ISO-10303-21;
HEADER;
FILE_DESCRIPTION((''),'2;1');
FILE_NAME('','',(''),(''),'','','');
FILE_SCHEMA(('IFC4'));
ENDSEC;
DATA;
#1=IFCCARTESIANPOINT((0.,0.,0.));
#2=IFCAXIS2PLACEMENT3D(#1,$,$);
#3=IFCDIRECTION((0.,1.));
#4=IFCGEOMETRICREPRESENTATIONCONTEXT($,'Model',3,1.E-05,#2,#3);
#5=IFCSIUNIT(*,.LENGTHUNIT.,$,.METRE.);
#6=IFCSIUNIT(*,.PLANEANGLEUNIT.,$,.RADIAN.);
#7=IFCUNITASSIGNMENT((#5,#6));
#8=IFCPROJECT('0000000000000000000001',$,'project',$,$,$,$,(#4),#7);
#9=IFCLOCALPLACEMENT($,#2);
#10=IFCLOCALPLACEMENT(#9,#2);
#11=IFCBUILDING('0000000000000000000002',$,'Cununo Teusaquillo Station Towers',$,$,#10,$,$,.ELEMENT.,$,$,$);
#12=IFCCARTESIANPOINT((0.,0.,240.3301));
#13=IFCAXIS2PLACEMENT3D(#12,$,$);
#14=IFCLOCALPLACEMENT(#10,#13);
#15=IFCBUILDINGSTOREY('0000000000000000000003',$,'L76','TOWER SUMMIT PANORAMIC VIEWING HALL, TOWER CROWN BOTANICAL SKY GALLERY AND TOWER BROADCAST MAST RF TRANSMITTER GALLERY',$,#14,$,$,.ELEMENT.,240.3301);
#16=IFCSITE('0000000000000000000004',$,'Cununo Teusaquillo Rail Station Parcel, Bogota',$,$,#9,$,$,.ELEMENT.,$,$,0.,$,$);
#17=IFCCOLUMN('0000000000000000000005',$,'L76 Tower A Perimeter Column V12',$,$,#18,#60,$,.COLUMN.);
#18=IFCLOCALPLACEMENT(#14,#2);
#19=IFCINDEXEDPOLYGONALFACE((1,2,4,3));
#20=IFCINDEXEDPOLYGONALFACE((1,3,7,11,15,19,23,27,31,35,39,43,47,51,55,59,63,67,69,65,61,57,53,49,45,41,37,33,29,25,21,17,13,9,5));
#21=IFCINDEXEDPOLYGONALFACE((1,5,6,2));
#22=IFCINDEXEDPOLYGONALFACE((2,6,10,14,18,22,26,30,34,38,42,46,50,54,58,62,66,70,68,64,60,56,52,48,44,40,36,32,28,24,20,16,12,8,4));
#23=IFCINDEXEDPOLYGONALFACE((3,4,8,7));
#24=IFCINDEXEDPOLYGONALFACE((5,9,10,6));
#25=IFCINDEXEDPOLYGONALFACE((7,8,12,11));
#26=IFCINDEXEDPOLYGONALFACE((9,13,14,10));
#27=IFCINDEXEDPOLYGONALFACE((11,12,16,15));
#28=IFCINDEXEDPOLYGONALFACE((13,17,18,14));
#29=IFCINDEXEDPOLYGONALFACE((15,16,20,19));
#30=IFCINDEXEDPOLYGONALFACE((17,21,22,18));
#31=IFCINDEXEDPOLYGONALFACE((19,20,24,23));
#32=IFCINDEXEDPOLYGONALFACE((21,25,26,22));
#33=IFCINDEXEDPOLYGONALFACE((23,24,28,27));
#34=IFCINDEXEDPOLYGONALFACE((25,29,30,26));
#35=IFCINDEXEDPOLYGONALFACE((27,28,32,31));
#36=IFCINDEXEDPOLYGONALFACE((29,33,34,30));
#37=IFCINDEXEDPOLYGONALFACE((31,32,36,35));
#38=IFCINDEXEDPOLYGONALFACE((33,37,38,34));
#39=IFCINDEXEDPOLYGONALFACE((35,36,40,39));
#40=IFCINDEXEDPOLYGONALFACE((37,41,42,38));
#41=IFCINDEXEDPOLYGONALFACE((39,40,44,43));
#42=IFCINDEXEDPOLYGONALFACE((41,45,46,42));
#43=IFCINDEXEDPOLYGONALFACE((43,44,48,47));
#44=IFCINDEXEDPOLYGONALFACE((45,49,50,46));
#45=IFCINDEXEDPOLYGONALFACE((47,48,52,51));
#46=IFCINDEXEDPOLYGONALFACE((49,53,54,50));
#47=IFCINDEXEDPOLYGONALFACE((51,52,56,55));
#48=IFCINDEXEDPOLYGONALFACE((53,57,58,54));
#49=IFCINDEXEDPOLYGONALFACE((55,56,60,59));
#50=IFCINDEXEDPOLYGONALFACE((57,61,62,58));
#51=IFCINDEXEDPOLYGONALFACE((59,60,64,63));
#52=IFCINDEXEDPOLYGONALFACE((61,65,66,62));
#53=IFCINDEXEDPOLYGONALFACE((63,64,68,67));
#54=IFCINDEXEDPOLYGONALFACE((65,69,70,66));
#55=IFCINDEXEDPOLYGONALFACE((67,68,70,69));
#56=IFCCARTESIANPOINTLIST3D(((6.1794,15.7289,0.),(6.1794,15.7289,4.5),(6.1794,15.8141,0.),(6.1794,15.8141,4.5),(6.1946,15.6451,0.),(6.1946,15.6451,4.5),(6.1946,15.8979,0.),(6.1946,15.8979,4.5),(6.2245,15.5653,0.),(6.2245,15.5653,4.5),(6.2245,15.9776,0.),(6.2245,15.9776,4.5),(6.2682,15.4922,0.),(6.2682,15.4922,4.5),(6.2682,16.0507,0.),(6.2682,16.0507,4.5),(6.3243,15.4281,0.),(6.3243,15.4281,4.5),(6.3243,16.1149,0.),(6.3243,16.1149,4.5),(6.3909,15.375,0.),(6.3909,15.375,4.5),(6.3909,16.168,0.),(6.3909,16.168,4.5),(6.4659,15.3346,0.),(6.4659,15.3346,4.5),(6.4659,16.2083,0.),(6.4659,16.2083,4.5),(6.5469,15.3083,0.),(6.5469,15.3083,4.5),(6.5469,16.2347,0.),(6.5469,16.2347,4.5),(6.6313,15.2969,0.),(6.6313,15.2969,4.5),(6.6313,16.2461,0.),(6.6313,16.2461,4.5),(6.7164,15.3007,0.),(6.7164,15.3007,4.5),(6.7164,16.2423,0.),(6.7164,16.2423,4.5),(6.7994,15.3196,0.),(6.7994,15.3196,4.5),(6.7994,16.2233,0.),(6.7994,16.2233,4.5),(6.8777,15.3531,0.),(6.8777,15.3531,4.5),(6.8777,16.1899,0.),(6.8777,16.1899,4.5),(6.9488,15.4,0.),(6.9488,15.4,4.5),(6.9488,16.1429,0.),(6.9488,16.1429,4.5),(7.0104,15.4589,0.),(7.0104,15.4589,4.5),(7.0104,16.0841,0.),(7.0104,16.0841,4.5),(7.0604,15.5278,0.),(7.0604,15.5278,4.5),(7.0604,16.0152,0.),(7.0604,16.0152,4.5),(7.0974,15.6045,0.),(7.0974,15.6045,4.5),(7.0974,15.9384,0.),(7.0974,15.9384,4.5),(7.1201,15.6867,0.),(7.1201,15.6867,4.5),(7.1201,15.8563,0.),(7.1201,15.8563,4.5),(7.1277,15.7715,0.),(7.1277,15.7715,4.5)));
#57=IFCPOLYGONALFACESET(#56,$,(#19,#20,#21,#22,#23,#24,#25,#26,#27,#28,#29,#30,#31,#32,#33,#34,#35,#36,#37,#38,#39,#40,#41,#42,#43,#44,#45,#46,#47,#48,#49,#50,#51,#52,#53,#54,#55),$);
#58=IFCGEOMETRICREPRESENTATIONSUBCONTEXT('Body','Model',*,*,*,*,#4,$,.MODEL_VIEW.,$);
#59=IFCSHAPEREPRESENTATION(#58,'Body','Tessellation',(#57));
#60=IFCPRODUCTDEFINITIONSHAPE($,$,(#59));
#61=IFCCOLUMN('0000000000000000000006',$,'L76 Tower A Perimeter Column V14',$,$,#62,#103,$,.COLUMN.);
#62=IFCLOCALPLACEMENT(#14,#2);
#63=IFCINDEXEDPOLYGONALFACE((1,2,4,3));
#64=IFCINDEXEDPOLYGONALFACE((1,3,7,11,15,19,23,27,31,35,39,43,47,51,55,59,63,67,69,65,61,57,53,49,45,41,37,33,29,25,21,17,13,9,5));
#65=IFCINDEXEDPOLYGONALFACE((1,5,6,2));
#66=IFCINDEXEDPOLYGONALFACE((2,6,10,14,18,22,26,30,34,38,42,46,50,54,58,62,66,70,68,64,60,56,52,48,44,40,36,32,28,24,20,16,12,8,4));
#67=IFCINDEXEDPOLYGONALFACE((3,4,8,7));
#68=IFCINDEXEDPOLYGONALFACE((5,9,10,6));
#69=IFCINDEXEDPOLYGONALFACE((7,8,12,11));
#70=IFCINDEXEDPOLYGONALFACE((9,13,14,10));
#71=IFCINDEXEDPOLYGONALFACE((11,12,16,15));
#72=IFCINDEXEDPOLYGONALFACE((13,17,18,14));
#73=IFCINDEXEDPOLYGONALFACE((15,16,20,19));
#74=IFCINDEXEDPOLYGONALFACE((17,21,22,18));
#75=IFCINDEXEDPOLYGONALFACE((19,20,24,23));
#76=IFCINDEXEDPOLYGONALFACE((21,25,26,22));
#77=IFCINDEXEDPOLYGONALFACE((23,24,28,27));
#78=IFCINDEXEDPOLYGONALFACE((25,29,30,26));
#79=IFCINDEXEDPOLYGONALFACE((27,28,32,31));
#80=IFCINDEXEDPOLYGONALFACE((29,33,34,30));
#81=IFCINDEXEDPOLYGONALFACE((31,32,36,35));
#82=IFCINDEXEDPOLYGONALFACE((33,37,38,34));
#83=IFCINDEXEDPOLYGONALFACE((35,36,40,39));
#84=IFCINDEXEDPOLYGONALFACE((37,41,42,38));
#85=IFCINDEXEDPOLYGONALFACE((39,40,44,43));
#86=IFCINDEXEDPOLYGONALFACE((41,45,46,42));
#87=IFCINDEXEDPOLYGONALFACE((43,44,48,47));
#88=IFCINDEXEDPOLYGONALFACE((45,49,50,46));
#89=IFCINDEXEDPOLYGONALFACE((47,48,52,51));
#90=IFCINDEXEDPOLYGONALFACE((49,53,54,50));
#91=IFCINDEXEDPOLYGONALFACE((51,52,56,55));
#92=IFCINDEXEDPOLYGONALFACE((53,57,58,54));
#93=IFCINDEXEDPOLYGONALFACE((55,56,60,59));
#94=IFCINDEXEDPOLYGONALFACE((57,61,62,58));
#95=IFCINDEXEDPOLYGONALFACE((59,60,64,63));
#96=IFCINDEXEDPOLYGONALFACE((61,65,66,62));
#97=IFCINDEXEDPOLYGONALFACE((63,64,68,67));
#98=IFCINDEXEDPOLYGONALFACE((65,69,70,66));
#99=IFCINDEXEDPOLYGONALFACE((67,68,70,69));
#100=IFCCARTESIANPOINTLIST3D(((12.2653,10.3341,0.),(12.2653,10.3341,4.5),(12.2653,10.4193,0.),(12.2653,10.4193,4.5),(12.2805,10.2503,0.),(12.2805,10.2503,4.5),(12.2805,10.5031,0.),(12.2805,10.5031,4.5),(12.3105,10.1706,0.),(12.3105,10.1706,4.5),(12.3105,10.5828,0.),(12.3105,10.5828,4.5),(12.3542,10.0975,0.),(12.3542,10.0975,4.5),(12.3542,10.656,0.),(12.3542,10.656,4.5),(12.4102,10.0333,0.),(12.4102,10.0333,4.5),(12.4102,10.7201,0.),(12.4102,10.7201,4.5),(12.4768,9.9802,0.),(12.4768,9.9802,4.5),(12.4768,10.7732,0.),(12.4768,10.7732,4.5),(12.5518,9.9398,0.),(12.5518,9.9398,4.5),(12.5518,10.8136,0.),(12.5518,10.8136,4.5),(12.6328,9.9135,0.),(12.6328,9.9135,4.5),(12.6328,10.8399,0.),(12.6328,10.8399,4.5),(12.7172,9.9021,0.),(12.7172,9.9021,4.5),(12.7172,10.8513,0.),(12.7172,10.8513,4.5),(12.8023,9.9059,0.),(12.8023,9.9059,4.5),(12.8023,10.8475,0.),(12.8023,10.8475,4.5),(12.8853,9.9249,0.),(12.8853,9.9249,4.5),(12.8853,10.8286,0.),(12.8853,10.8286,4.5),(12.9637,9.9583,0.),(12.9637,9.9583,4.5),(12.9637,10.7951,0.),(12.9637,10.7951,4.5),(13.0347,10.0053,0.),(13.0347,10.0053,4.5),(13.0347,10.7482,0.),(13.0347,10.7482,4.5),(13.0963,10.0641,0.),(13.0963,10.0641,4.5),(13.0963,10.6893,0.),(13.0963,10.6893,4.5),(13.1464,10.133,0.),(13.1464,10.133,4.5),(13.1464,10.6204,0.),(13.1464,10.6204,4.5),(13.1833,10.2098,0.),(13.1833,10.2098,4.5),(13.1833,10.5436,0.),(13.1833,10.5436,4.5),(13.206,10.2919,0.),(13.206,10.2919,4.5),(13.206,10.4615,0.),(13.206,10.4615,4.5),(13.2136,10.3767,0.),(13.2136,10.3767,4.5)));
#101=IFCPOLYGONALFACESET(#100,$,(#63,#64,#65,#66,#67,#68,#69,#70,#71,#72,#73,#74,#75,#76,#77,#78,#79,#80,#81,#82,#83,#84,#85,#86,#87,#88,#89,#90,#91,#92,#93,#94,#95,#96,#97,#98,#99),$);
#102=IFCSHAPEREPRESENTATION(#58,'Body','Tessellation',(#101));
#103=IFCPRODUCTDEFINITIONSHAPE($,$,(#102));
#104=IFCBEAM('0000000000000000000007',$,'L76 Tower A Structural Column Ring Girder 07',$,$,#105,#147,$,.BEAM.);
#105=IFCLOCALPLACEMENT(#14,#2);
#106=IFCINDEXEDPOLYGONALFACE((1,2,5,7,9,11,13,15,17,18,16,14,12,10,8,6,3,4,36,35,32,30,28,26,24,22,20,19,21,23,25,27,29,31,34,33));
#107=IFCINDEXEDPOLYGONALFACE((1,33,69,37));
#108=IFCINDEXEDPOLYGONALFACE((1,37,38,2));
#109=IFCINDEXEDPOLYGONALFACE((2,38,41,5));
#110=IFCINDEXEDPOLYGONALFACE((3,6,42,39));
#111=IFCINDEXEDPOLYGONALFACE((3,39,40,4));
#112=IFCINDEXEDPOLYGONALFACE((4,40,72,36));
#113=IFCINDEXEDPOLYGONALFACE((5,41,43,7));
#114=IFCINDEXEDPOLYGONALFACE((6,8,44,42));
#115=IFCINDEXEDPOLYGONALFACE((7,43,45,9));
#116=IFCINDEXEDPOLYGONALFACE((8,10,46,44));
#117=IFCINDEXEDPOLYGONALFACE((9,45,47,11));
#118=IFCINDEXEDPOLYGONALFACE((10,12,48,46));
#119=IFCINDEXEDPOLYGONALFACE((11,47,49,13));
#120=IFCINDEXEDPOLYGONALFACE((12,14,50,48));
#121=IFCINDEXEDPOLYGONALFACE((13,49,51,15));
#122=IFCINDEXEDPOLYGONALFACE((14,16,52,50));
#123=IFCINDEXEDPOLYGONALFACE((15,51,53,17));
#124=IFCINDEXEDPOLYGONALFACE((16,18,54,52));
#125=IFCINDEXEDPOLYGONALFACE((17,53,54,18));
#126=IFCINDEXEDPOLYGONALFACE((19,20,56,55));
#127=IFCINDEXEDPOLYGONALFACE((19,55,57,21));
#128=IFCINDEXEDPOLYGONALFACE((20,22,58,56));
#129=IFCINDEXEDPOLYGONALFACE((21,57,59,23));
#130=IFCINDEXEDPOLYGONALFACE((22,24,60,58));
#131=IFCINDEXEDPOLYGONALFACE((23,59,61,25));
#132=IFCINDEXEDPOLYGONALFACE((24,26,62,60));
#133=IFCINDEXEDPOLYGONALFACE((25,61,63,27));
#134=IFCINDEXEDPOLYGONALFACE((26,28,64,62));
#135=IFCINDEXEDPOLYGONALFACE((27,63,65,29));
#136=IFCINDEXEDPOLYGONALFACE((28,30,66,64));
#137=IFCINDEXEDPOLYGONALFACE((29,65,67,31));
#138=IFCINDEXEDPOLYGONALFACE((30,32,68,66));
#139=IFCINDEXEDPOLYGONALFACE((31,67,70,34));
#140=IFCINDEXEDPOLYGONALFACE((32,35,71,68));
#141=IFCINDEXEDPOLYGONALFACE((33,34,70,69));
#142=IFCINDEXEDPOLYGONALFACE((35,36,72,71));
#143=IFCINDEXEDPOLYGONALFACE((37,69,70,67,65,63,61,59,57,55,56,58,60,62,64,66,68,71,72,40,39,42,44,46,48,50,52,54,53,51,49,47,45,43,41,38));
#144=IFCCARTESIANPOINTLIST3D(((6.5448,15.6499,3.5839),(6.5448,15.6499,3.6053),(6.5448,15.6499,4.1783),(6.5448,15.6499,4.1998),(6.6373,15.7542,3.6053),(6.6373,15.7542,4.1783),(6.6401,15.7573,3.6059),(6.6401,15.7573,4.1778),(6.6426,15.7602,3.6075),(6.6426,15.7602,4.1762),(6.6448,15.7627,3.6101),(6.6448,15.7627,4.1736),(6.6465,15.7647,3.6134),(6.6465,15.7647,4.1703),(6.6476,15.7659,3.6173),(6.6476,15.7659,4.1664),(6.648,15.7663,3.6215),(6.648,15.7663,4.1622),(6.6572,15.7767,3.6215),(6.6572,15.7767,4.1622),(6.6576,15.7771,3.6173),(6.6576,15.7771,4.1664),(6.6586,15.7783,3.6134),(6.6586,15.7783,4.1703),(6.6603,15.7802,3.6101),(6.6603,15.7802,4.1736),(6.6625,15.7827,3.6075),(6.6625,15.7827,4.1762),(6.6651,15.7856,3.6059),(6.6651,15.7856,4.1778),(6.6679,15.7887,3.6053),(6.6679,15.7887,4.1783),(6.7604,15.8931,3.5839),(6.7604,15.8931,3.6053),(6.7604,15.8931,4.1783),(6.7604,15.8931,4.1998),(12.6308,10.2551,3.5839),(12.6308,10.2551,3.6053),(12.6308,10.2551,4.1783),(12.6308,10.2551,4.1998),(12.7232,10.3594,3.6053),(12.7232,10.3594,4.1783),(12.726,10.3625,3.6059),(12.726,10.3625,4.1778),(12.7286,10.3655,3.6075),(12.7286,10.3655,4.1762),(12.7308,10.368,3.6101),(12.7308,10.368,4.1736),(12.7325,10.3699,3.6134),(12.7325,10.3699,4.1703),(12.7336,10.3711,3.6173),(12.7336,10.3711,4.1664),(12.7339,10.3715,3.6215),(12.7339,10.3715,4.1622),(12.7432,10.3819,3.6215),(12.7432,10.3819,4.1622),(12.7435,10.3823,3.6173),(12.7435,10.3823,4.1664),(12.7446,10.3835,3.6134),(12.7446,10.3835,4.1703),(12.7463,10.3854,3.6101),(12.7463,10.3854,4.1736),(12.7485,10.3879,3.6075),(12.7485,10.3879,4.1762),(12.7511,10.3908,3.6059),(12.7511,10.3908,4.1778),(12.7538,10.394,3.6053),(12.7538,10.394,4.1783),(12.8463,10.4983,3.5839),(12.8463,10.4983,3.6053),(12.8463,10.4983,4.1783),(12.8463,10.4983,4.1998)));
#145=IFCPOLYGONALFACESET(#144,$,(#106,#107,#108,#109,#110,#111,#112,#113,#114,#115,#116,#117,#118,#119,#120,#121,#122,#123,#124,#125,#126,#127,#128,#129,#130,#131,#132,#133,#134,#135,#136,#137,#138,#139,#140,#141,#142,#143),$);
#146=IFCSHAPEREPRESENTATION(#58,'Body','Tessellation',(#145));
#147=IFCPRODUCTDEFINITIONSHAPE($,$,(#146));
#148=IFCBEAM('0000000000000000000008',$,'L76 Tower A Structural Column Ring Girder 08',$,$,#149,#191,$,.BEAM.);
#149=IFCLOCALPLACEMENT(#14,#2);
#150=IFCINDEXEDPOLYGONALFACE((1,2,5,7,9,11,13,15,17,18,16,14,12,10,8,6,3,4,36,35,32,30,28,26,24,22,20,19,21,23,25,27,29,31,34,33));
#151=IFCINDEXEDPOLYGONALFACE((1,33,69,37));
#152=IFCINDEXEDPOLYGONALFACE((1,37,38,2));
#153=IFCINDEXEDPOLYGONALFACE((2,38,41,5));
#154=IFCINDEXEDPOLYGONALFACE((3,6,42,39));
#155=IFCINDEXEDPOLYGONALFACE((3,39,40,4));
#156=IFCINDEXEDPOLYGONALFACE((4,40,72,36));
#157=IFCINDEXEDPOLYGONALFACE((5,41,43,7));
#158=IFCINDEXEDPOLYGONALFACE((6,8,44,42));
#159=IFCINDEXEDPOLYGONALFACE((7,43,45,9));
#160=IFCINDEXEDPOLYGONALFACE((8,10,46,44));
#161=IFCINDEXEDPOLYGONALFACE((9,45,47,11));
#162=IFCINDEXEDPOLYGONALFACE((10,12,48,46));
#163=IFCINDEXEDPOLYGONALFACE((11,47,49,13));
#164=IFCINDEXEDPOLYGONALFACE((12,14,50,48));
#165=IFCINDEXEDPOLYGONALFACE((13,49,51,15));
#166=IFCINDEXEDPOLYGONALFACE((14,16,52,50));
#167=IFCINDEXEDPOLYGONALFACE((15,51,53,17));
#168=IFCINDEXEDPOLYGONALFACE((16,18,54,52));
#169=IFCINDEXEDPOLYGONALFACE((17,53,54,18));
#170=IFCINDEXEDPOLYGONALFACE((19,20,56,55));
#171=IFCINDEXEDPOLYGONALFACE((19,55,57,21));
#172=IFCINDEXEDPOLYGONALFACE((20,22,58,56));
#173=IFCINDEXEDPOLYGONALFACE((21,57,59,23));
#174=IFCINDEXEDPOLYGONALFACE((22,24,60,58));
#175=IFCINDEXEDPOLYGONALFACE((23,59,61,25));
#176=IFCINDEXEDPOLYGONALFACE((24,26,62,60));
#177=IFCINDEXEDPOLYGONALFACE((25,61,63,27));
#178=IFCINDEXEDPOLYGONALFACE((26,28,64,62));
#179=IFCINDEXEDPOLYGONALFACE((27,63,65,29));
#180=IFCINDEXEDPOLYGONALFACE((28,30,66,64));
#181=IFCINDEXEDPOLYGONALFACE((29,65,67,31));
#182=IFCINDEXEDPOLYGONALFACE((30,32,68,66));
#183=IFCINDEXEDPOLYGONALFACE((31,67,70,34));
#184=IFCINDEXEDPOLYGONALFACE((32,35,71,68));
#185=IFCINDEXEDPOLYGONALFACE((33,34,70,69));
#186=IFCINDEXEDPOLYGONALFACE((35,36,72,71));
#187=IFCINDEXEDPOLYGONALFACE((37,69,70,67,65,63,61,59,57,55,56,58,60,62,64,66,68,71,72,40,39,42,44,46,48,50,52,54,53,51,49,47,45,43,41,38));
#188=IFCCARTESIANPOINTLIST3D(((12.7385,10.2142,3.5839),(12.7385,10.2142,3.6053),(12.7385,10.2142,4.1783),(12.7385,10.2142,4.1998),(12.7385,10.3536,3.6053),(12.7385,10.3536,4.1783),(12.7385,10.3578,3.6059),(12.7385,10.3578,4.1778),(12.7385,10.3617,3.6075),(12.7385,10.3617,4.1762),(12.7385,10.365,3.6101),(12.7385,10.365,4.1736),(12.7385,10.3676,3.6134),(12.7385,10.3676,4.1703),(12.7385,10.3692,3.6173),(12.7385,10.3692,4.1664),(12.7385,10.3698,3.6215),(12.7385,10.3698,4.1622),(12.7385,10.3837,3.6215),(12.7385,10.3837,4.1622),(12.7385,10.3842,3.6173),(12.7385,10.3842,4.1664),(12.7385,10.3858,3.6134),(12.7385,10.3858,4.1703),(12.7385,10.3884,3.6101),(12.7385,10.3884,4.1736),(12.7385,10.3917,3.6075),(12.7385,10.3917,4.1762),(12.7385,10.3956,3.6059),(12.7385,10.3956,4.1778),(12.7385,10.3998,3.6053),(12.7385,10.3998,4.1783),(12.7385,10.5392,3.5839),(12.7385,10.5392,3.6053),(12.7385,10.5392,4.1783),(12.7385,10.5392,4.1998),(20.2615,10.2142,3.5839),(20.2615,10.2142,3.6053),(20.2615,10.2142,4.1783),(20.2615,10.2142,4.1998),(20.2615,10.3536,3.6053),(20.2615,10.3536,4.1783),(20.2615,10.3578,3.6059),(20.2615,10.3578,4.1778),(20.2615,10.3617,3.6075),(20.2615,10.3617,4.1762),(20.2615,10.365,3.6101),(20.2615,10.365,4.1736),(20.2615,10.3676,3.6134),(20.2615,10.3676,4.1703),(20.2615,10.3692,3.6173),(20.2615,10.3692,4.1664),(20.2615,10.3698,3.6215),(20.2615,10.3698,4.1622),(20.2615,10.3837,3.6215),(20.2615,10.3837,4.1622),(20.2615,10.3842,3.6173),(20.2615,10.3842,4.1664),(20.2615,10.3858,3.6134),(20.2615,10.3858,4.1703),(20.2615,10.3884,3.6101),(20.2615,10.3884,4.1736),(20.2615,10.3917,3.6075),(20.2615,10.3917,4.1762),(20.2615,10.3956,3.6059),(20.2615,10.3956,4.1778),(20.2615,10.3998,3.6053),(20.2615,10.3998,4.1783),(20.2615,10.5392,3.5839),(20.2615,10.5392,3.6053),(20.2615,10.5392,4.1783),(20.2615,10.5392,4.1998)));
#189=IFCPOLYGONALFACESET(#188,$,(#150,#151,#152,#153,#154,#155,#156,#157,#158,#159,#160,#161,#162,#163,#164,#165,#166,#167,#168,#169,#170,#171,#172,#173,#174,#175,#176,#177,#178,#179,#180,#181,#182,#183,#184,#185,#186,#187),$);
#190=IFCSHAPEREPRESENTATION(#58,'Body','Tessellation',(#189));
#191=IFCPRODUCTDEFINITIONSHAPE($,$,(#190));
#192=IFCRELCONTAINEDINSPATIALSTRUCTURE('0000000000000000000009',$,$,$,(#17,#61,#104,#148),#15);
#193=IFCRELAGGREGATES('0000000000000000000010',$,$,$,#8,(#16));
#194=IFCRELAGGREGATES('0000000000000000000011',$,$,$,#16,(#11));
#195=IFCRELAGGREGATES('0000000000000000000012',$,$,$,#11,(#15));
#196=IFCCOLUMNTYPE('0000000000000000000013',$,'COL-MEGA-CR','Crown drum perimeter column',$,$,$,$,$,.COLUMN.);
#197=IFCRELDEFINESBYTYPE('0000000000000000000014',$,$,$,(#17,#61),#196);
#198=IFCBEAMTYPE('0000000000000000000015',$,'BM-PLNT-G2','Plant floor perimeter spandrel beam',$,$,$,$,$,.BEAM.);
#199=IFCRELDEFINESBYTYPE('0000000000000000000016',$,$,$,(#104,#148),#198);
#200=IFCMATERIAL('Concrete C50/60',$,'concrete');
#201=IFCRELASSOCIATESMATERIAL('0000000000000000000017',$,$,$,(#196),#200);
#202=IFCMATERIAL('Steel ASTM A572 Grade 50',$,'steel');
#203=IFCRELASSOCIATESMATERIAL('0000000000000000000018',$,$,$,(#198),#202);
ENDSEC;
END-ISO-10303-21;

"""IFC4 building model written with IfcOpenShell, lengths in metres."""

from ifc_helpers import new_model, si_unit, direction, frame, origin, origin_2d, place, context, subcontext, project, spatial, circle, i_section, extrude, material, material_profile, profile_set, type_object, element, save


model = new_model("IFC4")

# Units and contexts
model_context = context("Model", 3, precision=1e-05, world=origin(), true_north=direction((0.0, 1.0)))
body_context = subcontext(model_context, "Body", "Model", "MODEL_VIEW")
ifc_project = project(units=[si_unit("LENGTHUNIT", "METRE"), si_unit("PLANEANGLEUNIT", "RADIAN")], contexts=[model_context])

# Site, building, storey
site_placement = place(None, origin())
site = spatial("IfcSite", under=ifc_project, at=site_placement, Name="Cununo Teusaquillo Rail Station Parcel, Bogota", CompositionType="ELEMENT", RefElevation=0.0)
building_placement = place(site_placement, origin())
building = spatial("IfcBuilding", under=site, at=building_placement, Name="Cununo Teusaquillo Station Towers", CompositionType="ELEMENT")
storey_placement = place(building_placement, frame((0.0, 0.0, 240.3301)))
storey = spatial("IfcBuildingStorey", under=building, at=storey_placement, Name="L76", Description="TOWER SUMMIT PANORAMIC VIEWING HALL, TOWER CROWN BOTANICAL SKY GALLERY AND TOWER BROADCAST MAST RF TRANSMITTER GALLERY", CompositionType="ELEMENT", Elevation=240.3301)

# Columns
ifc_material_1 = material(Name="Concrete C50/60", Category="concrete")
ifc_material_profile_1 = material_profile(ifc_material_1, circle(Radius=0.4751, at=origin_2d()), Name="RC-CIRC-950")
ifc_profile_set_1 = profile_set([ifc_material_profile_1], Name="Concrete C50/60")
column_type = type_object("IfcColumnType", Name="COL-MEGA-CR", Description="Crown drum perimeter column", PredefinedType="COLUMN", material=ifc_profile_set_1)
for number, where, z_axis, x_axis, name in (
    (1, (6.6526, 15.7715, 0.0), (0.0, 0.0, 1.0), (1.0, 0.0, 0.0), "L76 Tower A Perimeter Column V12"),
    (2, (12.7385, 10.3767, 0.0), (0.0, 0.0, 1.0), (1.0, 0.0, 0.0), "L76 Tower A Perimeter Column V14"),
):
    element("IfcColumn", number, at=place(storey_placement, frame(where, z_axis=z_axis, x_axis=x_axis)), inside=storey, type_object=column_type, Name=name, PredefinedType="COLUMN", context=body_context, shape_type="SweptSolid", body=[
        extrude(circle(Radius=0.4751, at=origin_2d()), origin(), (0.0, 0.0, 1.0), 4.5),
    ])

# Beams
ifc_material_2 = material(Name="Steel ASTM A572 Grade 50", Category="steel")
ifc_material_profile_2 = material_profile(ifc_material_2, i_section(OverallWidth=0.325, OverallDepth=0.616, WebThickness=0.0139, FlangeThickness=0.0215, FilletRadius=0.0161, at=origin_2d()), Name="W24X117")
ifc_profile_set_2 = profile_set([ifc_material_profile_2], Name="Steel ASTM A572 Grade 50")
beam_type = type_object("IfcBeamType", Name="BM-PLNT-G2", Description="Plant floor perimeter spandrel beam", PredefinedType="BEAM", material=ifc_profile_set_2)
beam_1_placement = place(storey_placement, frame((6.6526, 15.7715, 3.8918), z_axis=(0.748321, -0.663337, 0.0), x_axis=(0.663337, 0.748321, 0.0)))
element("IfcBeam", 3, at=beam_1_placement, inside=storey, type_object=beam_type, Name="L76 Tower A Structural Column Ring Girder 07", PredefinedType="BEAM", context=body_context, shape_type="SweptSolid", body=[
    extrude(i_section(OverallWidth=0.325, OverallDepth=0.616, WebThickness=0.0139, FlangeThickness=0.0215, FilletRadius=0.0161, at=origin_2d()), origin(), (0.0, 0.0, 1.0), 8.1328),
])
beam_2_placement = place(storey_placement, frame((12.7385, 10.3767, 3.8918), z_axis=(1.0, 0.0, 0.0), x_axis=(0.0, 1.0, 0.0)))
element("IfcBeam", 4, at=beam_2_placement, inside=storey, type_object=beam_type, Name="L76 Tower A Structural Column Ring Girder 08", PredefinedType="BEAM", context=body_context, shape_type="SweptSolid", body=[
    extrude(i_section(OverallWidth=0.325, OverallDepth=0.616, WebThickness=0.0139, FlangeThickness=0.0215, FilletRadius=0.0161, at=origin_2d()), origin(), (0.0, 0.0, 1.0), 7.5229),
])

save(model, "model.ifc")
